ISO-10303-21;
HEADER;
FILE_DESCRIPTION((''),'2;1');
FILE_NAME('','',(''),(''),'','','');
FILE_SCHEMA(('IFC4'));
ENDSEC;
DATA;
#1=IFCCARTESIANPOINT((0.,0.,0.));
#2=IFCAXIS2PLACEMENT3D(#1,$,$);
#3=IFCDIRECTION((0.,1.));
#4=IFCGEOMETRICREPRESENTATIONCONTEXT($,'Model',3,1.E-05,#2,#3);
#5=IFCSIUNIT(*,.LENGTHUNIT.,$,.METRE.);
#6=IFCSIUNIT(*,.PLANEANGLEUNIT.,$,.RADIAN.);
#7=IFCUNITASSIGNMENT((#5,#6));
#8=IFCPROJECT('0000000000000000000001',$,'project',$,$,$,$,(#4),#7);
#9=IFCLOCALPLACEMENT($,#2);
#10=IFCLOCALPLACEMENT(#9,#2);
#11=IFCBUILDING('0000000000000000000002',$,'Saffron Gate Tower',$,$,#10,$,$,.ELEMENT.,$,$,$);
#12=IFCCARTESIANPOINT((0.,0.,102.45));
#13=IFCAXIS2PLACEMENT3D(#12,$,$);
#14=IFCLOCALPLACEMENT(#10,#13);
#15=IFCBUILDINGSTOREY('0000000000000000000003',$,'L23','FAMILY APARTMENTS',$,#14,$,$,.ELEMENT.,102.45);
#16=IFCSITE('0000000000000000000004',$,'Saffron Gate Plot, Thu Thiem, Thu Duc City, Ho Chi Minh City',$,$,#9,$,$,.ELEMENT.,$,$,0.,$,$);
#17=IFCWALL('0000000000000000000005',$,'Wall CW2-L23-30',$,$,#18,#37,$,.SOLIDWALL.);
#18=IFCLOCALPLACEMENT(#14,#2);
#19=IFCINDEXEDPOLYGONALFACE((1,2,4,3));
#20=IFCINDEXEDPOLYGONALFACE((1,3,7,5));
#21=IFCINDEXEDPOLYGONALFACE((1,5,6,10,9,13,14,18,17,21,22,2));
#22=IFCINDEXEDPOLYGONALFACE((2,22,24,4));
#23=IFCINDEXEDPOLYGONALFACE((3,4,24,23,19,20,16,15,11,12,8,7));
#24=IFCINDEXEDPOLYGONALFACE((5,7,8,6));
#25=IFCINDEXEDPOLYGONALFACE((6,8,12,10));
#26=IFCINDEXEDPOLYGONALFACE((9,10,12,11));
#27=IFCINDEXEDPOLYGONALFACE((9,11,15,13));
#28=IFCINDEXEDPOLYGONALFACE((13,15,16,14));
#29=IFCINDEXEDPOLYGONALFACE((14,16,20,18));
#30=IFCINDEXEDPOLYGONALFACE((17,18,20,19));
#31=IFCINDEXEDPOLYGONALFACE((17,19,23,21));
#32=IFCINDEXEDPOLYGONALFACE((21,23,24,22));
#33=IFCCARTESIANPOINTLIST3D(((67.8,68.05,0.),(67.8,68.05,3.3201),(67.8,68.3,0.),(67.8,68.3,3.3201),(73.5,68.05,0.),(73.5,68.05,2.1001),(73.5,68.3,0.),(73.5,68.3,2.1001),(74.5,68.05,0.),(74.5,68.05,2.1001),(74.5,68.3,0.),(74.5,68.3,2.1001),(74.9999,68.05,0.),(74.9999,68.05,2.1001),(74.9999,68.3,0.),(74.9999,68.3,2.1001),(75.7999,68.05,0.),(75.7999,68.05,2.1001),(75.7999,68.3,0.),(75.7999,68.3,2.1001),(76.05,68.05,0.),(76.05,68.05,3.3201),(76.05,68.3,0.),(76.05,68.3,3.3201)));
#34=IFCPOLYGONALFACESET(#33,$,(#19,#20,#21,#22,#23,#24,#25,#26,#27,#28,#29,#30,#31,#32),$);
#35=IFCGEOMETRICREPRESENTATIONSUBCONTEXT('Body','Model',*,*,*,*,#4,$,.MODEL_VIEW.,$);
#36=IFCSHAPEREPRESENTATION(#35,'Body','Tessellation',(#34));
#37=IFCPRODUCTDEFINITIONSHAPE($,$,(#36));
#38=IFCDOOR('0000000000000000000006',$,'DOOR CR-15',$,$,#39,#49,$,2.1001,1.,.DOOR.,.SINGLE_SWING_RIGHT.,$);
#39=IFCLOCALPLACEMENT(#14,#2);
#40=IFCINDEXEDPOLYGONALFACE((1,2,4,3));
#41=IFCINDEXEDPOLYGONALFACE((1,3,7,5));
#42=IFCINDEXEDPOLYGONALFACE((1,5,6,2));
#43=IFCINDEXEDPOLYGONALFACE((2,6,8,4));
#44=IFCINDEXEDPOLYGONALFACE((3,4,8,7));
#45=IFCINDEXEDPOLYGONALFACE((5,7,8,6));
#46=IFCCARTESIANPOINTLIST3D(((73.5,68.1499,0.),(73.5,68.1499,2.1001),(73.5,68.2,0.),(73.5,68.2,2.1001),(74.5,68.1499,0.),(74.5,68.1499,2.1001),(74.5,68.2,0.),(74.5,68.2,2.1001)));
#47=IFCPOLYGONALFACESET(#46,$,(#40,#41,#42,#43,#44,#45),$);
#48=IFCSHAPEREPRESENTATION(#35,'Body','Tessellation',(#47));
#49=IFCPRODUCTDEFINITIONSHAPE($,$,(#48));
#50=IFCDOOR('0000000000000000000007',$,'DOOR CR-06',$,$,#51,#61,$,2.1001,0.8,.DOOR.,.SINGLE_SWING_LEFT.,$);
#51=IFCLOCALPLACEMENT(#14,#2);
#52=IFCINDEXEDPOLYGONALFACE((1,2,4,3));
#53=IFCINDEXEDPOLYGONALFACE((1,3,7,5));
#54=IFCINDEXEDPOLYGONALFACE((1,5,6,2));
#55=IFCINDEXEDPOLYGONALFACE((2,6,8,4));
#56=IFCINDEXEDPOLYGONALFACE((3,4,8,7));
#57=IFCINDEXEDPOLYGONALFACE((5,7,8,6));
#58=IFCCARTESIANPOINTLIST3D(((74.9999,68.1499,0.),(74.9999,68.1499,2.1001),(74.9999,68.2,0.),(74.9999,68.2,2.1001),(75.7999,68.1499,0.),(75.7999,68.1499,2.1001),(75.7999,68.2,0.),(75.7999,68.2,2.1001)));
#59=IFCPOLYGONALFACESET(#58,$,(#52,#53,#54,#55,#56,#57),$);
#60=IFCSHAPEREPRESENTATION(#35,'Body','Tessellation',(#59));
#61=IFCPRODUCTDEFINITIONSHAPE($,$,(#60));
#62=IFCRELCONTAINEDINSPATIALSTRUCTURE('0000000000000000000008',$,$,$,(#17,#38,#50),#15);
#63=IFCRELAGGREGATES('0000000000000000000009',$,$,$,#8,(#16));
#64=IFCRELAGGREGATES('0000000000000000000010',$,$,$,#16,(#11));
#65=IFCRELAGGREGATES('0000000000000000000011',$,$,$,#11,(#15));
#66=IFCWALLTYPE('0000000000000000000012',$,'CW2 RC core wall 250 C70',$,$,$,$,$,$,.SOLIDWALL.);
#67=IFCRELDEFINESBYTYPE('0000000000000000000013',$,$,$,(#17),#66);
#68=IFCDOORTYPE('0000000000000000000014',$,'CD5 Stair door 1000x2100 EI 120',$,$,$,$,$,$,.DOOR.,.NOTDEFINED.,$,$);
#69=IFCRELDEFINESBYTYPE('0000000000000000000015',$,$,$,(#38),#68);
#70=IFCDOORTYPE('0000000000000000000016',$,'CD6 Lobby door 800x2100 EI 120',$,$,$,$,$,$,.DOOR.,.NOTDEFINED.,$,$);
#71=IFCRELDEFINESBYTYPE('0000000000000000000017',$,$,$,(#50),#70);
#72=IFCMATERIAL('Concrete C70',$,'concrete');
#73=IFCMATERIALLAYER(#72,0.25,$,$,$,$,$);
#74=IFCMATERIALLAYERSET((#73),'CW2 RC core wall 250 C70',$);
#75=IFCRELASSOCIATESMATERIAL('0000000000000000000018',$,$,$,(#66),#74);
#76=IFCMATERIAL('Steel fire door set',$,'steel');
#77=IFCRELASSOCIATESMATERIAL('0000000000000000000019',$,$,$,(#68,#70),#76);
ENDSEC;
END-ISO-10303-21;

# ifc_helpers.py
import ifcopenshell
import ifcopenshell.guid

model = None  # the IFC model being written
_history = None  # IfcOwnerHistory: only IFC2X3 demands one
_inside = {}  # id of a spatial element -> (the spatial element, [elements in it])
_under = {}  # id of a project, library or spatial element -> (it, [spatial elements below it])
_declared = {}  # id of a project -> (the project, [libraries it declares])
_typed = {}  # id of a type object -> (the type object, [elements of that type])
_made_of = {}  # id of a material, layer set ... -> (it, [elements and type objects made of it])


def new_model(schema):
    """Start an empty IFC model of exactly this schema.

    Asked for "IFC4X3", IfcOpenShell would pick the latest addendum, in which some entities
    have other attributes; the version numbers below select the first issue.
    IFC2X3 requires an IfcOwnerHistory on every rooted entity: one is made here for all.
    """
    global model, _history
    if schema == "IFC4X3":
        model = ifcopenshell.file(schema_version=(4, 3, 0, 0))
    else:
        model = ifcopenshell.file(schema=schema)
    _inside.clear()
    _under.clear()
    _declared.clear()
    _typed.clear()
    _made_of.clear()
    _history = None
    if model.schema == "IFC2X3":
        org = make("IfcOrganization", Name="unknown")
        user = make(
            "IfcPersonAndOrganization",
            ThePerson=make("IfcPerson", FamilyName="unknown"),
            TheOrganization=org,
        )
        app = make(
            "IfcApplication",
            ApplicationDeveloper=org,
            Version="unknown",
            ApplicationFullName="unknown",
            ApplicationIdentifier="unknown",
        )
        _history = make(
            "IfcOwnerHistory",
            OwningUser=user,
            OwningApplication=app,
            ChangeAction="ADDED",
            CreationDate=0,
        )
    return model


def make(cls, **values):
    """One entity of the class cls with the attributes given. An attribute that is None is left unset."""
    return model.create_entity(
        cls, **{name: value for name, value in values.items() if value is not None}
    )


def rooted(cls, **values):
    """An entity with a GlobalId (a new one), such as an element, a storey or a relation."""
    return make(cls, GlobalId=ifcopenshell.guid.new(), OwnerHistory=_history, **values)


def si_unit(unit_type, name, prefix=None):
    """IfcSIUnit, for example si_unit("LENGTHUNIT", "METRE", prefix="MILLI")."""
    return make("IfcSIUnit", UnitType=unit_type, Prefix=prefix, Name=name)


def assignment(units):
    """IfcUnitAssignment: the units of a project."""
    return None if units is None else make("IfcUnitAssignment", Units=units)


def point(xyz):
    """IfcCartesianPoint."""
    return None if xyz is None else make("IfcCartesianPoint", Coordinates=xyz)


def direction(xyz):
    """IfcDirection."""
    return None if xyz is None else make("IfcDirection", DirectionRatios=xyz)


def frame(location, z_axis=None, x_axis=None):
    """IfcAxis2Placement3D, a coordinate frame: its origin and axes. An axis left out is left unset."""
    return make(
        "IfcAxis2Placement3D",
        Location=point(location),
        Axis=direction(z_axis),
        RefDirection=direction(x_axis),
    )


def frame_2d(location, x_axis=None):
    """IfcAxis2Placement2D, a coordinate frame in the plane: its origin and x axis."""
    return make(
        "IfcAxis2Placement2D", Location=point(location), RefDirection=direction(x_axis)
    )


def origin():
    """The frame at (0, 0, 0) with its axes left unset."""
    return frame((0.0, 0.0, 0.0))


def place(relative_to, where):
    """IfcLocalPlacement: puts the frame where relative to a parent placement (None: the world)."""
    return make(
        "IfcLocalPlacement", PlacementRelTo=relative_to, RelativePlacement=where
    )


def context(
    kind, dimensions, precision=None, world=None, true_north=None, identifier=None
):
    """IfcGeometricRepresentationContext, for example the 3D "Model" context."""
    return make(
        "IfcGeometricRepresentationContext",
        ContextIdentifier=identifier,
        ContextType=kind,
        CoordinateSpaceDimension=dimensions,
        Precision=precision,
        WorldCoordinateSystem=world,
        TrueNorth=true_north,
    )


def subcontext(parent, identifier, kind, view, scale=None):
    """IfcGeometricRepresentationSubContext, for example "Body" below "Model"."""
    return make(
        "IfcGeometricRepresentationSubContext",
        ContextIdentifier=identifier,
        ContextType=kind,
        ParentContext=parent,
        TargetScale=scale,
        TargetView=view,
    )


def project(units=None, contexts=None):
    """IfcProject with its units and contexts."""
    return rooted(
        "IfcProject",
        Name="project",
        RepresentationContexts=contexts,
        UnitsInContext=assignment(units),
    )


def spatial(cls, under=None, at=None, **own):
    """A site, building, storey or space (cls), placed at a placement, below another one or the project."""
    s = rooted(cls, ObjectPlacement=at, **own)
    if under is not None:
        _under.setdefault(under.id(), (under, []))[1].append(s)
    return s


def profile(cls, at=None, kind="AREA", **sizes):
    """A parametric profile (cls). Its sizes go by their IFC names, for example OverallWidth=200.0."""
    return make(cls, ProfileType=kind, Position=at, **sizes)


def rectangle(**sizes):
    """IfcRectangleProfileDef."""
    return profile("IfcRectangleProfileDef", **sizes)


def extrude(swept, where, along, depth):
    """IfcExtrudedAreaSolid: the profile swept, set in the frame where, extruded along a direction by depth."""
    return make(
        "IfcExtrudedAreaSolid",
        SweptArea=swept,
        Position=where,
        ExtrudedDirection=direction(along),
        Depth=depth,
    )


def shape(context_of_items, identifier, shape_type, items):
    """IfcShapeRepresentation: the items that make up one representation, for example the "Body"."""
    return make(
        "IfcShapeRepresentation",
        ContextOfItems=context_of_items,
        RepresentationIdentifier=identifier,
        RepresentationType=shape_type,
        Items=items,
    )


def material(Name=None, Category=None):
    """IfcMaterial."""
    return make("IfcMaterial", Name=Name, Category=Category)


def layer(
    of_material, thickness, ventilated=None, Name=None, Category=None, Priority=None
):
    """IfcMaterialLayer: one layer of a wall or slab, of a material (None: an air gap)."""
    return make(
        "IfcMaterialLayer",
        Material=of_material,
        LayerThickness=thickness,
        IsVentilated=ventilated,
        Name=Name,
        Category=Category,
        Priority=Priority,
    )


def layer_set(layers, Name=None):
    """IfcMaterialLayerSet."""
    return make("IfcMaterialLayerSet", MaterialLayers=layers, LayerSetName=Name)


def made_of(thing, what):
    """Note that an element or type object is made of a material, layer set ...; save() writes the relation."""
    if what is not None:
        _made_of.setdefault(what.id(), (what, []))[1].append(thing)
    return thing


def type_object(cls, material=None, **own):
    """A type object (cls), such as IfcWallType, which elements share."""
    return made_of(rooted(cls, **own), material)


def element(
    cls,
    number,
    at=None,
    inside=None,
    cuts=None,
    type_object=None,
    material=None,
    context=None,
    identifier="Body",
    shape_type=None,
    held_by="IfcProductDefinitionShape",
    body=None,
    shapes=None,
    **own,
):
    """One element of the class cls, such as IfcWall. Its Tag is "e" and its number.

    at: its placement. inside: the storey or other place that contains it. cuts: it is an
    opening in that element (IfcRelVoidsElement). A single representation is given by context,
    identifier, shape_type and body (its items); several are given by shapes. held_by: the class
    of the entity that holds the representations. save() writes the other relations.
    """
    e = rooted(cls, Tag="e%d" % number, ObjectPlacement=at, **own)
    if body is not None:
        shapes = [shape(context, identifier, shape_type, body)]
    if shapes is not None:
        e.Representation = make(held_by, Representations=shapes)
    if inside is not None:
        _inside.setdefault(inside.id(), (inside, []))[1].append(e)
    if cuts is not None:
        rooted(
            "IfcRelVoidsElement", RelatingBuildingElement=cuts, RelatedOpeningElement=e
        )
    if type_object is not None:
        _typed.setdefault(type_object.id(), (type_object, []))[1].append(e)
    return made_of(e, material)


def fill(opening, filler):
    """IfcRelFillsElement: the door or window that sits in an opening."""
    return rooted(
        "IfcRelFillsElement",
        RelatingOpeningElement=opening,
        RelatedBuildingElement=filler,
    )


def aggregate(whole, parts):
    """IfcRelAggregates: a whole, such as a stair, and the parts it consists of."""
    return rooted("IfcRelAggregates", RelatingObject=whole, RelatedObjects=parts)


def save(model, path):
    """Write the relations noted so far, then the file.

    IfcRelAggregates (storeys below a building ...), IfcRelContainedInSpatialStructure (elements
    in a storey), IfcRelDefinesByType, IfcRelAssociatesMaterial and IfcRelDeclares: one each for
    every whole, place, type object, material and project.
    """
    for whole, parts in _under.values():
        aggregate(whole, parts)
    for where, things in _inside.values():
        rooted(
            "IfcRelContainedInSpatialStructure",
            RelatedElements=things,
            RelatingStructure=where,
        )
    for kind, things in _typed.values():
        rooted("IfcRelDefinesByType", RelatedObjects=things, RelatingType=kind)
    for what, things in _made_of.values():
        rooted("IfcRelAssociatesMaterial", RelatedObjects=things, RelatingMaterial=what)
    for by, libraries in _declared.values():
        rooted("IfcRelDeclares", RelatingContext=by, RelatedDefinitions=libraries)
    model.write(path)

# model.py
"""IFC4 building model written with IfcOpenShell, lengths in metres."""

from ifc_helpers import new_model, si_unit, direction, frame, frame_2d, origin, place, context, subcontext, project, spatial, rectangle, extrude, material, layer, layer_set, type_object, element, fill, save


model = new_model("IFC4")

# Units and contexts
model_context = context("Model", 3, precision=1e-05, world=origin(), true_north=direction((0.0, 1.0)))
body_context = subcontext(model_context, "Body", "Model", "MODEL_VIEW")
ifc_project = project(units=[si_unit("LENGTHUNIT", "METRE"), si_unit("PLANEANGLEUNIT", "RADIAN")], contexts=[model_context])

# Site, building, storey
site_placement = place(None, origin())
site = spatial("IfcSite", under=ifc_project, at=site_placement, Name="Saffron Gate Plot, Thu Thiem, Thu Duc City, Ho Chi Minh City", CompositionType="ELEMENT", RefElevation=0.0)
building_placement = place(site_placement, origin())
building = spatial("IfcBuilding", under=site, at=building_placement, Name="Saffron Gate Tower", CompositionType="ELEMENT")
storey_placement = place(building_placement, frame((0.0, 0.0, 102.45)))
storey = spatial("IfcBuildingStorey", under=building, at=storey_placement, Name="L23", Description="FAMILY APARTMENTS", CompositionType="ELEMENT", Elevation=102.45)

# Shared definitions
ifc_material_1 = material(Name="Concrete C70", Category="concrete")

# Wall, openings, doors
ifc_layer_1 = layer(ifc_material_1, 0.25)
ifc_layer_set_1 = layer_set([ifc_layer_1], Name="CW2 RC core wall 250 C70")
wall_type_1 = type_object("IfcWallType", Name="CW2 RC core wall 250 C70", PredefinedType="SOLIDWALL", material=ifc_layer_set_1)
wall_1_placement = place(storey_placement, frame((67.8, 68.175, 0.0), z_axis=(0.0, 0.0, 1.0), x_axis=(1.0, 0.0, 0.0)))
wall_1 = element("IfcWall", 1, at=wall_1_placement, inside=storey, type_object=wall_type_1, Name="Wall CW2-L23-30", PredefinedType="SOLIDWALL", context=body_context, shape_type="SweptSolid", body=[
    extrude(rectangle(XDim=8.25, YDim=0.25, at=frame_2d((4.125, 0.0))), origin(), (0.0, 0.0, 1.0), 3.3201),
])
opening_1_placement = place(wall_1_placement, frame((5.7, 0.0, 0.0)))
opening_1 = element("IfcOpeningElement", 2, at=opening_1_placement, cuts=wall_1, PredefinedType="OPENING", context=body_context, shape_type="SweptSolid", body=[
    extrude(rectangle(XDim=1.0, YDim=2.1001, at=frame_2d((0.5, 1.05))), frame((0.0, 0.135, 0.0), z_axis=(0.0, -1.0, 0.0), x_axis=(1.0, 0.0, 0.0)), (0.0, 0.0, 1.0), 0.27),
])
opening_2_placement = place(wall_1_placement, frame((7.2, 0.0, 0.0)))
opening_2 = element("IfcOpeningElement", 3, at=opening_2_placement, cuts=wall_1, PredefinedType="OPENING", context=body_context, shape_type="SweptSolid", body=[
    extrude(rectangle(XDim=0.8, YDim=2.1001, at=frame_2d((0.3999, 1.05))), frame((0.0, 0.135, 0.0), z_axis=(0.0, -1.0, 0.0), x_axis=(1.0, 0.0, 0.0)), (0.0, 0.0, 1.0), 0.27),
])
ifc_material_2 = material(Name="Steel fire door set", Category="steel")
door_type_1 = type_object("IfcDoorType", Name="CD5 Stair door 1000x2100 EI 120", OperationType="NOTDEFINED", PredefinedType="DOOR", material=ifc_material_2)
door_1_placement = place(opening_1_placement, origin())
door_1 = element("IfcDoor", 4, at=door_1_placement, inside=storey, type_object=door_type_1, Name="DOOR CR-15", OperationType="SINGLE_SWING_RIGHT", OverallHeight=2.1001, OverallWidth=1.0, PredefinedType="DOOR", context=body_context, shape_type="SweptSolid", body=[
    extrude(rectangle(XDim=1.0, YDim=2.1001, at=frame_2d((0.5, 1.05))), frame((0.0, 0.0249, 0.0), z_axis=(0.0, -1.0, 0.0), x_axis=(1.0, 0.0, 0.0)), (0.0, 0.0, 1.0), 0.05),
])
fill(opening_1, door_1)
door_type_2 = type_object("IfcDoorType", Name="CD6 Lobby door 800x2100 EI 120", OperationType="NOTDEFINED", PredefinedType="DOOR", material=ifc_material_2)
door_2_placement = place(opening_2_placement, origin())
door_2 = element("IfcDoor", 5, at=door_2_placement, inside=storey, type_object=door_type_2, Name="DOOR CR-06", OperationType="SINGLE_SWING_LEFT", OverallHeight=2.1001, OverallWidth=0.8, PredefinedType="DOOR", context=body_context, shape_type="SweptSolid", body=[
    extrude(rectangle(XDim=0.8, YDim=2.1001, at=frame_2d((0.3999, 1.05))), frame((0.0, 0.0249, 0.0), z_axis=(0.0, -1.0, 0.0), x_axis=(1.0, 0.0, 0.0)), (0.0, 0.0, 1.0), 0.05),
])
fill(opening_2, door_2)

save(model, "model.ifc")
